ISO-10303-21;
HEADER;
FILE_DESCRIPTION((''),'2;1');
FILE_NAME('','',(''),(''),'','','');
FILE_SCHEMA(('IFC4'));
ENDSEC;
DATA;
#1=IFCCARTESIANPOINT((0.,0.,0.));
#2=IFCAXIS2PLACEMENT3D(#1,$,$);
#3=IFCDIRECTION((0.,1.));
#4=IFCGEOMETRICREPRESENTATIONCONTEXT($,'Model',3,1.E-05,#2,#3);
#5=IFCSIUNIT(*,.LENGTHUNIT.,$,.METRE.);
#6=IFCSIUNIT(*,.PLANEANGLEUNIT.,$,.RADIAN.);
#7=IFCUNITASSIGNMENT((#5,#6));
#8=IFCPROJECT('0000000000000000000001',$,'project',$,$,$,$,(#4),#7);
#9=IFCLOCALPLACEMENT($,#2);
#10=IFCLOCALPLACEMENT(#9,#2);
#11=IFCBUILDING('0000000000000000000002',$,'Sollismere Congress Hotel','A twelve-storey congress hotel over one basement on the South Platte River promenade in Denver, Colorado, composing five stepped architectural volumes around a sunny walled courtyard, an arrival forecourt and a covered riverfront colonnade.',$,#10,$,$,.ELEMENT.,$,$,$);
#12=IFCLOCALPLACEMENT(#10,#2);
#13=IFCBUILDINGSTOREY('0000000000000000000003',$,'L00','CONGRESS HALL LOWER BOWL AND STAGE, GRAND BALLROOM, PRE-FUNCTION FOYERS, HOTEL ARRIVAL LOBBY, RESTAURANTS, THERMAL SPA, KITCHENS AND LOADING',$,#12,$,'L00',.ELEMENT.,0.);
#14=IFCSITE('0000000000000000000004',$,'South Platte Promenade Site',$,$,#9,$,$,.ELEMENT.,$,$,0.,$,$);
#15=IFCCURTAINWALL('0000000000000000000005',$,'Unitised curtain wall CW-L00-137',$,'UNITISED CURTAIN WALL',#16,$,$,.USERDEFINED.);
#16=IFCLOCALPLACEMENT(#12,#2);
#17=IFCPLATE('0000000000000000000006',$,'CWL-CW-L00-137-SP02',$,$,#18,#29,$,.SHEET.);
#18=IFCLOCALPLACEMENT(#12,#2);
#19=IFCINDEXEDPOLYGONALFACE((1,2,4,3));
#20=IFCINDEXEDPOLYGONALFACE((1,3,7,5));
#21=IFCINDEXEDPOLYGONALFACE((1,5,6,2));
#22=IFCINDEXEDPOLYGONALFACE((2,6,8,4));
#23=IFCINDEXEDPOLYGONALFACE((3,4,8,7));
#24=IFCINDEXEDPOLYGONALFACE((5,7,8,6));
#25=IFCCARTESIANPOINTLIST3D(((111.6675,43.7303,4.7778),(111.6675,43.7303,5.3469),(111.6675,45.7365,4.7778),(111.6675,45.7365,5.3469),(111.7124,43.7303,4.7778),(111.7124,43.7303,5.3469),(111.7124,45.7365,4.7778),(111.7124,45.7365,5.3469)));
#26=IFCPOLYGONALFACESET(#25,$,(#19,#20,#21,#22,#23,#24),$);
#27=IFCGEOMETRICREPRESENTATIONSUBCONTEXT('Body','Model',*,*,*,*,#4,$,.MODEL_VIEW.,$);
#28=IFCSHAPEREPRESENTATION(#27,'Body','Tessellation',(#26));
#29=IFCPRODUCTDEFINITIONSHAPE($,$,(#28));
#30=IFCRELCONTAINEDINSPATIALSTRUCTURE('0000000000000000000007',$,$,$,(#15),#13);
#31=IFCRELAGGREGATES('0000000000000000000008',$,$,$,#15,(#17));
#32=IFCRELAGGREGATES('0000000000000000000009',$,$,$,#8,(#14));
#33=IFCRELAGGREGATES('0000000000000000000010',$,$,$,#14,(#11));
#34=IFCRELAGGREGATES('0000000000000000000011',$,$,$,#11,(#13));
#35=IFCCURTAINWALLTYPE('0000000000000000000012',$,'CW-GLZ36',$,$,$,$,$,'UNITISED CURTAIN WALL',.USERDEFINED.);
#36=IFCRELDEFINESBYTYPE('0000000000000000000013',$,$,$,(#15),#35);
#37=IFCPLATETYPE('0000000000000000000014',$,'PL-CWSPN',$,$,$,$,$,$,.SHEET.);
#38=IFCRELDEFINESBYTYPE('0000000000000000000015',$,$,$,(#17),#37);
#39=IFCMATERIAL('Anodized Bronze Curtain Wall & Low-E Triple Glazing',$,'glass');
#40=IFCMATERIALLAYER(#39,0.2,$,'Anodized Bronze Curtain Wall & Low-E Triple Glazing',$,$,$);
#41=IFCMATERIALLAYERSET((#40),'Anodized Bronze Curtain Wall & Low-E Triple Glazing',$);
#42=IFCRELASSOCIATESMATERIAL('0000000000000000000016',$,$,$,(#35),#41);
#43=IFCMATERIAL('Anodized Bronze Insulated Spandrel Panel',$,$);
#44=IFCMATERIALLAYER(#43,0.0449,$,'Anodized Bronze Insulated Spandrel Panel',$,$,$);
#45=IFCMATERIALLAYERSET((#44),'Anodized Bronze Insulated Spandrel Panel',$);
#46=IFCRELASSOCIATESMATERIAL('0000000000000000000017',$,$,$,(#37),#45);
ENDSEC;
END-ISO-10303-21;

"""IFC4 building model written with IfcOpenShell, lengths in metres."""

from ifc_helpers import new_model, si_unit, direction, frame, origin, origin_2d, place, context, subcontext, project, spatial, rectangle, extrude, material, layer, layer_set, type_object, element, aggregate, save


model = new_model("IFC4")

# Units and contexts
model_context = context("Model", 3, precision=1e-05, world=origin(), true_north=direction((0.0, 1.0)))
body_context = subcontext(model_context, "Body", "Model", "MODEL_VIEW")
ifc_project = project(units=[si_unit("LENGTHUNIT", "METRE"), si_unit("PLANEANGLEUNIT", "RADIAN")], contexts=[model_context])

# Site, building, storey
site_placement = place(None, origin())
site = spatial("IfcSite", under=ifc_project, at=site_placement, Name="South Platte Promenade Site", CompositionType="ELEMENT", RefElevation=0.0)
building_placement = place(site_placement, origin())
building = spatial("IfcBuilding", under=site, at=building_placement, Name="Sollismere Congress Hotel", Description="A twelve-storey congress hotel over one basement on the South Platte River promenade in Denver, Colorado, composing five stepped architectural volumes around a sunny walled courtyard, an arrival forecourt and a covered riverfront colonnade.", CompositionType="ELEMENT")
storey_placement = place(building_placement, origin())
storey = spatial("IfcBuildingStorey", under=building, at=storey_placement, Name="L00", Description="CONGRESS HALL LOWER BOWL AND STAGE, GRAND BALLROOM, PRE-FUNCTION FOYERS, HOTEL ARRIVAL LOBBY, RESTAURANTS, THERMAL SPA, KITCHENS AND LOADING", LongName="L00", CompositionType="ELEMENT", Elevation=0.0)

# Curtain wall
ifc_material_1 = material(Name="Anodized Bronze Curtain Wall & Low-E Triple Glazing", Category="glass")
ifc_layer_1 = layer(ifc_material_1, 0.2, Name="Anodized Bronze Curtain Wall & Low-E Triple Glazing")
ifc_layer_set_1 = layer_set([ifc_layer_1], Name="Anodized Bronze Curtain Wall & Low-E Triple Glazing")
curtain_wall_type = type_object("IfcCurtainWallType", Name="CW-GLZ36", ElementType="UNITISED CURTAIN WALL", PredefinedType="USERDEFINED", material=ifc_layer_set_1)
curtain_wall_1_placement = place(storey_placement, origin())
curtain_wall_1 = element("IfcCurtainWall", 1, at=curtain_wall_1_placement, inside=storey, type_object=curtain_wall_type, Name="Unitised curtain wall CW-L00-137", ObjectType="UNITISED CURTAIN WALL", PredefinedType="USERDEFINED")

# Plate
ifc_material_2 = material(Name="Anodized Bronze Insulated Spandrel Panel")
ifc_layer_2 = layer(ifc_material_2, 0.0449, Name="Anodized Bronze Insulated Spandrel Panel")
ifc_layer_set_2 = layer_set([ifc_layer_2], Name="Anodized Bronze Insulated Spandrel Panel")
plate_type_1 = type_object("IfcPlateType", Name="PL-CWSPN", PredefinedType="SHEET", material=ifc_layer_set_2)
plate_1_placement = place(storey_placement, frame((111.6899, 44.7334, 4.7778), z_axis=(0.0, 0.0, 1.0), x_axis=(0.0, 1.0, 0.0)))
plate_1 = element("IfcPlate", 2, at=plate_1_placement, type_object=plate_type_1, Name="CWL-CW-L00-137-SP02", PredefinedType="SHEET", context=body_context, shape_type="SweptSolid", body=[
    extrude(rectangle(XDim=2.0061, YDim=0.0449, at=origin_2d()), origin(), (0.0, 0.0, 1.0), 0.5691),
])
aggregate(curtain_wall_1, [plate_1])

save(model, "model.ifc")
